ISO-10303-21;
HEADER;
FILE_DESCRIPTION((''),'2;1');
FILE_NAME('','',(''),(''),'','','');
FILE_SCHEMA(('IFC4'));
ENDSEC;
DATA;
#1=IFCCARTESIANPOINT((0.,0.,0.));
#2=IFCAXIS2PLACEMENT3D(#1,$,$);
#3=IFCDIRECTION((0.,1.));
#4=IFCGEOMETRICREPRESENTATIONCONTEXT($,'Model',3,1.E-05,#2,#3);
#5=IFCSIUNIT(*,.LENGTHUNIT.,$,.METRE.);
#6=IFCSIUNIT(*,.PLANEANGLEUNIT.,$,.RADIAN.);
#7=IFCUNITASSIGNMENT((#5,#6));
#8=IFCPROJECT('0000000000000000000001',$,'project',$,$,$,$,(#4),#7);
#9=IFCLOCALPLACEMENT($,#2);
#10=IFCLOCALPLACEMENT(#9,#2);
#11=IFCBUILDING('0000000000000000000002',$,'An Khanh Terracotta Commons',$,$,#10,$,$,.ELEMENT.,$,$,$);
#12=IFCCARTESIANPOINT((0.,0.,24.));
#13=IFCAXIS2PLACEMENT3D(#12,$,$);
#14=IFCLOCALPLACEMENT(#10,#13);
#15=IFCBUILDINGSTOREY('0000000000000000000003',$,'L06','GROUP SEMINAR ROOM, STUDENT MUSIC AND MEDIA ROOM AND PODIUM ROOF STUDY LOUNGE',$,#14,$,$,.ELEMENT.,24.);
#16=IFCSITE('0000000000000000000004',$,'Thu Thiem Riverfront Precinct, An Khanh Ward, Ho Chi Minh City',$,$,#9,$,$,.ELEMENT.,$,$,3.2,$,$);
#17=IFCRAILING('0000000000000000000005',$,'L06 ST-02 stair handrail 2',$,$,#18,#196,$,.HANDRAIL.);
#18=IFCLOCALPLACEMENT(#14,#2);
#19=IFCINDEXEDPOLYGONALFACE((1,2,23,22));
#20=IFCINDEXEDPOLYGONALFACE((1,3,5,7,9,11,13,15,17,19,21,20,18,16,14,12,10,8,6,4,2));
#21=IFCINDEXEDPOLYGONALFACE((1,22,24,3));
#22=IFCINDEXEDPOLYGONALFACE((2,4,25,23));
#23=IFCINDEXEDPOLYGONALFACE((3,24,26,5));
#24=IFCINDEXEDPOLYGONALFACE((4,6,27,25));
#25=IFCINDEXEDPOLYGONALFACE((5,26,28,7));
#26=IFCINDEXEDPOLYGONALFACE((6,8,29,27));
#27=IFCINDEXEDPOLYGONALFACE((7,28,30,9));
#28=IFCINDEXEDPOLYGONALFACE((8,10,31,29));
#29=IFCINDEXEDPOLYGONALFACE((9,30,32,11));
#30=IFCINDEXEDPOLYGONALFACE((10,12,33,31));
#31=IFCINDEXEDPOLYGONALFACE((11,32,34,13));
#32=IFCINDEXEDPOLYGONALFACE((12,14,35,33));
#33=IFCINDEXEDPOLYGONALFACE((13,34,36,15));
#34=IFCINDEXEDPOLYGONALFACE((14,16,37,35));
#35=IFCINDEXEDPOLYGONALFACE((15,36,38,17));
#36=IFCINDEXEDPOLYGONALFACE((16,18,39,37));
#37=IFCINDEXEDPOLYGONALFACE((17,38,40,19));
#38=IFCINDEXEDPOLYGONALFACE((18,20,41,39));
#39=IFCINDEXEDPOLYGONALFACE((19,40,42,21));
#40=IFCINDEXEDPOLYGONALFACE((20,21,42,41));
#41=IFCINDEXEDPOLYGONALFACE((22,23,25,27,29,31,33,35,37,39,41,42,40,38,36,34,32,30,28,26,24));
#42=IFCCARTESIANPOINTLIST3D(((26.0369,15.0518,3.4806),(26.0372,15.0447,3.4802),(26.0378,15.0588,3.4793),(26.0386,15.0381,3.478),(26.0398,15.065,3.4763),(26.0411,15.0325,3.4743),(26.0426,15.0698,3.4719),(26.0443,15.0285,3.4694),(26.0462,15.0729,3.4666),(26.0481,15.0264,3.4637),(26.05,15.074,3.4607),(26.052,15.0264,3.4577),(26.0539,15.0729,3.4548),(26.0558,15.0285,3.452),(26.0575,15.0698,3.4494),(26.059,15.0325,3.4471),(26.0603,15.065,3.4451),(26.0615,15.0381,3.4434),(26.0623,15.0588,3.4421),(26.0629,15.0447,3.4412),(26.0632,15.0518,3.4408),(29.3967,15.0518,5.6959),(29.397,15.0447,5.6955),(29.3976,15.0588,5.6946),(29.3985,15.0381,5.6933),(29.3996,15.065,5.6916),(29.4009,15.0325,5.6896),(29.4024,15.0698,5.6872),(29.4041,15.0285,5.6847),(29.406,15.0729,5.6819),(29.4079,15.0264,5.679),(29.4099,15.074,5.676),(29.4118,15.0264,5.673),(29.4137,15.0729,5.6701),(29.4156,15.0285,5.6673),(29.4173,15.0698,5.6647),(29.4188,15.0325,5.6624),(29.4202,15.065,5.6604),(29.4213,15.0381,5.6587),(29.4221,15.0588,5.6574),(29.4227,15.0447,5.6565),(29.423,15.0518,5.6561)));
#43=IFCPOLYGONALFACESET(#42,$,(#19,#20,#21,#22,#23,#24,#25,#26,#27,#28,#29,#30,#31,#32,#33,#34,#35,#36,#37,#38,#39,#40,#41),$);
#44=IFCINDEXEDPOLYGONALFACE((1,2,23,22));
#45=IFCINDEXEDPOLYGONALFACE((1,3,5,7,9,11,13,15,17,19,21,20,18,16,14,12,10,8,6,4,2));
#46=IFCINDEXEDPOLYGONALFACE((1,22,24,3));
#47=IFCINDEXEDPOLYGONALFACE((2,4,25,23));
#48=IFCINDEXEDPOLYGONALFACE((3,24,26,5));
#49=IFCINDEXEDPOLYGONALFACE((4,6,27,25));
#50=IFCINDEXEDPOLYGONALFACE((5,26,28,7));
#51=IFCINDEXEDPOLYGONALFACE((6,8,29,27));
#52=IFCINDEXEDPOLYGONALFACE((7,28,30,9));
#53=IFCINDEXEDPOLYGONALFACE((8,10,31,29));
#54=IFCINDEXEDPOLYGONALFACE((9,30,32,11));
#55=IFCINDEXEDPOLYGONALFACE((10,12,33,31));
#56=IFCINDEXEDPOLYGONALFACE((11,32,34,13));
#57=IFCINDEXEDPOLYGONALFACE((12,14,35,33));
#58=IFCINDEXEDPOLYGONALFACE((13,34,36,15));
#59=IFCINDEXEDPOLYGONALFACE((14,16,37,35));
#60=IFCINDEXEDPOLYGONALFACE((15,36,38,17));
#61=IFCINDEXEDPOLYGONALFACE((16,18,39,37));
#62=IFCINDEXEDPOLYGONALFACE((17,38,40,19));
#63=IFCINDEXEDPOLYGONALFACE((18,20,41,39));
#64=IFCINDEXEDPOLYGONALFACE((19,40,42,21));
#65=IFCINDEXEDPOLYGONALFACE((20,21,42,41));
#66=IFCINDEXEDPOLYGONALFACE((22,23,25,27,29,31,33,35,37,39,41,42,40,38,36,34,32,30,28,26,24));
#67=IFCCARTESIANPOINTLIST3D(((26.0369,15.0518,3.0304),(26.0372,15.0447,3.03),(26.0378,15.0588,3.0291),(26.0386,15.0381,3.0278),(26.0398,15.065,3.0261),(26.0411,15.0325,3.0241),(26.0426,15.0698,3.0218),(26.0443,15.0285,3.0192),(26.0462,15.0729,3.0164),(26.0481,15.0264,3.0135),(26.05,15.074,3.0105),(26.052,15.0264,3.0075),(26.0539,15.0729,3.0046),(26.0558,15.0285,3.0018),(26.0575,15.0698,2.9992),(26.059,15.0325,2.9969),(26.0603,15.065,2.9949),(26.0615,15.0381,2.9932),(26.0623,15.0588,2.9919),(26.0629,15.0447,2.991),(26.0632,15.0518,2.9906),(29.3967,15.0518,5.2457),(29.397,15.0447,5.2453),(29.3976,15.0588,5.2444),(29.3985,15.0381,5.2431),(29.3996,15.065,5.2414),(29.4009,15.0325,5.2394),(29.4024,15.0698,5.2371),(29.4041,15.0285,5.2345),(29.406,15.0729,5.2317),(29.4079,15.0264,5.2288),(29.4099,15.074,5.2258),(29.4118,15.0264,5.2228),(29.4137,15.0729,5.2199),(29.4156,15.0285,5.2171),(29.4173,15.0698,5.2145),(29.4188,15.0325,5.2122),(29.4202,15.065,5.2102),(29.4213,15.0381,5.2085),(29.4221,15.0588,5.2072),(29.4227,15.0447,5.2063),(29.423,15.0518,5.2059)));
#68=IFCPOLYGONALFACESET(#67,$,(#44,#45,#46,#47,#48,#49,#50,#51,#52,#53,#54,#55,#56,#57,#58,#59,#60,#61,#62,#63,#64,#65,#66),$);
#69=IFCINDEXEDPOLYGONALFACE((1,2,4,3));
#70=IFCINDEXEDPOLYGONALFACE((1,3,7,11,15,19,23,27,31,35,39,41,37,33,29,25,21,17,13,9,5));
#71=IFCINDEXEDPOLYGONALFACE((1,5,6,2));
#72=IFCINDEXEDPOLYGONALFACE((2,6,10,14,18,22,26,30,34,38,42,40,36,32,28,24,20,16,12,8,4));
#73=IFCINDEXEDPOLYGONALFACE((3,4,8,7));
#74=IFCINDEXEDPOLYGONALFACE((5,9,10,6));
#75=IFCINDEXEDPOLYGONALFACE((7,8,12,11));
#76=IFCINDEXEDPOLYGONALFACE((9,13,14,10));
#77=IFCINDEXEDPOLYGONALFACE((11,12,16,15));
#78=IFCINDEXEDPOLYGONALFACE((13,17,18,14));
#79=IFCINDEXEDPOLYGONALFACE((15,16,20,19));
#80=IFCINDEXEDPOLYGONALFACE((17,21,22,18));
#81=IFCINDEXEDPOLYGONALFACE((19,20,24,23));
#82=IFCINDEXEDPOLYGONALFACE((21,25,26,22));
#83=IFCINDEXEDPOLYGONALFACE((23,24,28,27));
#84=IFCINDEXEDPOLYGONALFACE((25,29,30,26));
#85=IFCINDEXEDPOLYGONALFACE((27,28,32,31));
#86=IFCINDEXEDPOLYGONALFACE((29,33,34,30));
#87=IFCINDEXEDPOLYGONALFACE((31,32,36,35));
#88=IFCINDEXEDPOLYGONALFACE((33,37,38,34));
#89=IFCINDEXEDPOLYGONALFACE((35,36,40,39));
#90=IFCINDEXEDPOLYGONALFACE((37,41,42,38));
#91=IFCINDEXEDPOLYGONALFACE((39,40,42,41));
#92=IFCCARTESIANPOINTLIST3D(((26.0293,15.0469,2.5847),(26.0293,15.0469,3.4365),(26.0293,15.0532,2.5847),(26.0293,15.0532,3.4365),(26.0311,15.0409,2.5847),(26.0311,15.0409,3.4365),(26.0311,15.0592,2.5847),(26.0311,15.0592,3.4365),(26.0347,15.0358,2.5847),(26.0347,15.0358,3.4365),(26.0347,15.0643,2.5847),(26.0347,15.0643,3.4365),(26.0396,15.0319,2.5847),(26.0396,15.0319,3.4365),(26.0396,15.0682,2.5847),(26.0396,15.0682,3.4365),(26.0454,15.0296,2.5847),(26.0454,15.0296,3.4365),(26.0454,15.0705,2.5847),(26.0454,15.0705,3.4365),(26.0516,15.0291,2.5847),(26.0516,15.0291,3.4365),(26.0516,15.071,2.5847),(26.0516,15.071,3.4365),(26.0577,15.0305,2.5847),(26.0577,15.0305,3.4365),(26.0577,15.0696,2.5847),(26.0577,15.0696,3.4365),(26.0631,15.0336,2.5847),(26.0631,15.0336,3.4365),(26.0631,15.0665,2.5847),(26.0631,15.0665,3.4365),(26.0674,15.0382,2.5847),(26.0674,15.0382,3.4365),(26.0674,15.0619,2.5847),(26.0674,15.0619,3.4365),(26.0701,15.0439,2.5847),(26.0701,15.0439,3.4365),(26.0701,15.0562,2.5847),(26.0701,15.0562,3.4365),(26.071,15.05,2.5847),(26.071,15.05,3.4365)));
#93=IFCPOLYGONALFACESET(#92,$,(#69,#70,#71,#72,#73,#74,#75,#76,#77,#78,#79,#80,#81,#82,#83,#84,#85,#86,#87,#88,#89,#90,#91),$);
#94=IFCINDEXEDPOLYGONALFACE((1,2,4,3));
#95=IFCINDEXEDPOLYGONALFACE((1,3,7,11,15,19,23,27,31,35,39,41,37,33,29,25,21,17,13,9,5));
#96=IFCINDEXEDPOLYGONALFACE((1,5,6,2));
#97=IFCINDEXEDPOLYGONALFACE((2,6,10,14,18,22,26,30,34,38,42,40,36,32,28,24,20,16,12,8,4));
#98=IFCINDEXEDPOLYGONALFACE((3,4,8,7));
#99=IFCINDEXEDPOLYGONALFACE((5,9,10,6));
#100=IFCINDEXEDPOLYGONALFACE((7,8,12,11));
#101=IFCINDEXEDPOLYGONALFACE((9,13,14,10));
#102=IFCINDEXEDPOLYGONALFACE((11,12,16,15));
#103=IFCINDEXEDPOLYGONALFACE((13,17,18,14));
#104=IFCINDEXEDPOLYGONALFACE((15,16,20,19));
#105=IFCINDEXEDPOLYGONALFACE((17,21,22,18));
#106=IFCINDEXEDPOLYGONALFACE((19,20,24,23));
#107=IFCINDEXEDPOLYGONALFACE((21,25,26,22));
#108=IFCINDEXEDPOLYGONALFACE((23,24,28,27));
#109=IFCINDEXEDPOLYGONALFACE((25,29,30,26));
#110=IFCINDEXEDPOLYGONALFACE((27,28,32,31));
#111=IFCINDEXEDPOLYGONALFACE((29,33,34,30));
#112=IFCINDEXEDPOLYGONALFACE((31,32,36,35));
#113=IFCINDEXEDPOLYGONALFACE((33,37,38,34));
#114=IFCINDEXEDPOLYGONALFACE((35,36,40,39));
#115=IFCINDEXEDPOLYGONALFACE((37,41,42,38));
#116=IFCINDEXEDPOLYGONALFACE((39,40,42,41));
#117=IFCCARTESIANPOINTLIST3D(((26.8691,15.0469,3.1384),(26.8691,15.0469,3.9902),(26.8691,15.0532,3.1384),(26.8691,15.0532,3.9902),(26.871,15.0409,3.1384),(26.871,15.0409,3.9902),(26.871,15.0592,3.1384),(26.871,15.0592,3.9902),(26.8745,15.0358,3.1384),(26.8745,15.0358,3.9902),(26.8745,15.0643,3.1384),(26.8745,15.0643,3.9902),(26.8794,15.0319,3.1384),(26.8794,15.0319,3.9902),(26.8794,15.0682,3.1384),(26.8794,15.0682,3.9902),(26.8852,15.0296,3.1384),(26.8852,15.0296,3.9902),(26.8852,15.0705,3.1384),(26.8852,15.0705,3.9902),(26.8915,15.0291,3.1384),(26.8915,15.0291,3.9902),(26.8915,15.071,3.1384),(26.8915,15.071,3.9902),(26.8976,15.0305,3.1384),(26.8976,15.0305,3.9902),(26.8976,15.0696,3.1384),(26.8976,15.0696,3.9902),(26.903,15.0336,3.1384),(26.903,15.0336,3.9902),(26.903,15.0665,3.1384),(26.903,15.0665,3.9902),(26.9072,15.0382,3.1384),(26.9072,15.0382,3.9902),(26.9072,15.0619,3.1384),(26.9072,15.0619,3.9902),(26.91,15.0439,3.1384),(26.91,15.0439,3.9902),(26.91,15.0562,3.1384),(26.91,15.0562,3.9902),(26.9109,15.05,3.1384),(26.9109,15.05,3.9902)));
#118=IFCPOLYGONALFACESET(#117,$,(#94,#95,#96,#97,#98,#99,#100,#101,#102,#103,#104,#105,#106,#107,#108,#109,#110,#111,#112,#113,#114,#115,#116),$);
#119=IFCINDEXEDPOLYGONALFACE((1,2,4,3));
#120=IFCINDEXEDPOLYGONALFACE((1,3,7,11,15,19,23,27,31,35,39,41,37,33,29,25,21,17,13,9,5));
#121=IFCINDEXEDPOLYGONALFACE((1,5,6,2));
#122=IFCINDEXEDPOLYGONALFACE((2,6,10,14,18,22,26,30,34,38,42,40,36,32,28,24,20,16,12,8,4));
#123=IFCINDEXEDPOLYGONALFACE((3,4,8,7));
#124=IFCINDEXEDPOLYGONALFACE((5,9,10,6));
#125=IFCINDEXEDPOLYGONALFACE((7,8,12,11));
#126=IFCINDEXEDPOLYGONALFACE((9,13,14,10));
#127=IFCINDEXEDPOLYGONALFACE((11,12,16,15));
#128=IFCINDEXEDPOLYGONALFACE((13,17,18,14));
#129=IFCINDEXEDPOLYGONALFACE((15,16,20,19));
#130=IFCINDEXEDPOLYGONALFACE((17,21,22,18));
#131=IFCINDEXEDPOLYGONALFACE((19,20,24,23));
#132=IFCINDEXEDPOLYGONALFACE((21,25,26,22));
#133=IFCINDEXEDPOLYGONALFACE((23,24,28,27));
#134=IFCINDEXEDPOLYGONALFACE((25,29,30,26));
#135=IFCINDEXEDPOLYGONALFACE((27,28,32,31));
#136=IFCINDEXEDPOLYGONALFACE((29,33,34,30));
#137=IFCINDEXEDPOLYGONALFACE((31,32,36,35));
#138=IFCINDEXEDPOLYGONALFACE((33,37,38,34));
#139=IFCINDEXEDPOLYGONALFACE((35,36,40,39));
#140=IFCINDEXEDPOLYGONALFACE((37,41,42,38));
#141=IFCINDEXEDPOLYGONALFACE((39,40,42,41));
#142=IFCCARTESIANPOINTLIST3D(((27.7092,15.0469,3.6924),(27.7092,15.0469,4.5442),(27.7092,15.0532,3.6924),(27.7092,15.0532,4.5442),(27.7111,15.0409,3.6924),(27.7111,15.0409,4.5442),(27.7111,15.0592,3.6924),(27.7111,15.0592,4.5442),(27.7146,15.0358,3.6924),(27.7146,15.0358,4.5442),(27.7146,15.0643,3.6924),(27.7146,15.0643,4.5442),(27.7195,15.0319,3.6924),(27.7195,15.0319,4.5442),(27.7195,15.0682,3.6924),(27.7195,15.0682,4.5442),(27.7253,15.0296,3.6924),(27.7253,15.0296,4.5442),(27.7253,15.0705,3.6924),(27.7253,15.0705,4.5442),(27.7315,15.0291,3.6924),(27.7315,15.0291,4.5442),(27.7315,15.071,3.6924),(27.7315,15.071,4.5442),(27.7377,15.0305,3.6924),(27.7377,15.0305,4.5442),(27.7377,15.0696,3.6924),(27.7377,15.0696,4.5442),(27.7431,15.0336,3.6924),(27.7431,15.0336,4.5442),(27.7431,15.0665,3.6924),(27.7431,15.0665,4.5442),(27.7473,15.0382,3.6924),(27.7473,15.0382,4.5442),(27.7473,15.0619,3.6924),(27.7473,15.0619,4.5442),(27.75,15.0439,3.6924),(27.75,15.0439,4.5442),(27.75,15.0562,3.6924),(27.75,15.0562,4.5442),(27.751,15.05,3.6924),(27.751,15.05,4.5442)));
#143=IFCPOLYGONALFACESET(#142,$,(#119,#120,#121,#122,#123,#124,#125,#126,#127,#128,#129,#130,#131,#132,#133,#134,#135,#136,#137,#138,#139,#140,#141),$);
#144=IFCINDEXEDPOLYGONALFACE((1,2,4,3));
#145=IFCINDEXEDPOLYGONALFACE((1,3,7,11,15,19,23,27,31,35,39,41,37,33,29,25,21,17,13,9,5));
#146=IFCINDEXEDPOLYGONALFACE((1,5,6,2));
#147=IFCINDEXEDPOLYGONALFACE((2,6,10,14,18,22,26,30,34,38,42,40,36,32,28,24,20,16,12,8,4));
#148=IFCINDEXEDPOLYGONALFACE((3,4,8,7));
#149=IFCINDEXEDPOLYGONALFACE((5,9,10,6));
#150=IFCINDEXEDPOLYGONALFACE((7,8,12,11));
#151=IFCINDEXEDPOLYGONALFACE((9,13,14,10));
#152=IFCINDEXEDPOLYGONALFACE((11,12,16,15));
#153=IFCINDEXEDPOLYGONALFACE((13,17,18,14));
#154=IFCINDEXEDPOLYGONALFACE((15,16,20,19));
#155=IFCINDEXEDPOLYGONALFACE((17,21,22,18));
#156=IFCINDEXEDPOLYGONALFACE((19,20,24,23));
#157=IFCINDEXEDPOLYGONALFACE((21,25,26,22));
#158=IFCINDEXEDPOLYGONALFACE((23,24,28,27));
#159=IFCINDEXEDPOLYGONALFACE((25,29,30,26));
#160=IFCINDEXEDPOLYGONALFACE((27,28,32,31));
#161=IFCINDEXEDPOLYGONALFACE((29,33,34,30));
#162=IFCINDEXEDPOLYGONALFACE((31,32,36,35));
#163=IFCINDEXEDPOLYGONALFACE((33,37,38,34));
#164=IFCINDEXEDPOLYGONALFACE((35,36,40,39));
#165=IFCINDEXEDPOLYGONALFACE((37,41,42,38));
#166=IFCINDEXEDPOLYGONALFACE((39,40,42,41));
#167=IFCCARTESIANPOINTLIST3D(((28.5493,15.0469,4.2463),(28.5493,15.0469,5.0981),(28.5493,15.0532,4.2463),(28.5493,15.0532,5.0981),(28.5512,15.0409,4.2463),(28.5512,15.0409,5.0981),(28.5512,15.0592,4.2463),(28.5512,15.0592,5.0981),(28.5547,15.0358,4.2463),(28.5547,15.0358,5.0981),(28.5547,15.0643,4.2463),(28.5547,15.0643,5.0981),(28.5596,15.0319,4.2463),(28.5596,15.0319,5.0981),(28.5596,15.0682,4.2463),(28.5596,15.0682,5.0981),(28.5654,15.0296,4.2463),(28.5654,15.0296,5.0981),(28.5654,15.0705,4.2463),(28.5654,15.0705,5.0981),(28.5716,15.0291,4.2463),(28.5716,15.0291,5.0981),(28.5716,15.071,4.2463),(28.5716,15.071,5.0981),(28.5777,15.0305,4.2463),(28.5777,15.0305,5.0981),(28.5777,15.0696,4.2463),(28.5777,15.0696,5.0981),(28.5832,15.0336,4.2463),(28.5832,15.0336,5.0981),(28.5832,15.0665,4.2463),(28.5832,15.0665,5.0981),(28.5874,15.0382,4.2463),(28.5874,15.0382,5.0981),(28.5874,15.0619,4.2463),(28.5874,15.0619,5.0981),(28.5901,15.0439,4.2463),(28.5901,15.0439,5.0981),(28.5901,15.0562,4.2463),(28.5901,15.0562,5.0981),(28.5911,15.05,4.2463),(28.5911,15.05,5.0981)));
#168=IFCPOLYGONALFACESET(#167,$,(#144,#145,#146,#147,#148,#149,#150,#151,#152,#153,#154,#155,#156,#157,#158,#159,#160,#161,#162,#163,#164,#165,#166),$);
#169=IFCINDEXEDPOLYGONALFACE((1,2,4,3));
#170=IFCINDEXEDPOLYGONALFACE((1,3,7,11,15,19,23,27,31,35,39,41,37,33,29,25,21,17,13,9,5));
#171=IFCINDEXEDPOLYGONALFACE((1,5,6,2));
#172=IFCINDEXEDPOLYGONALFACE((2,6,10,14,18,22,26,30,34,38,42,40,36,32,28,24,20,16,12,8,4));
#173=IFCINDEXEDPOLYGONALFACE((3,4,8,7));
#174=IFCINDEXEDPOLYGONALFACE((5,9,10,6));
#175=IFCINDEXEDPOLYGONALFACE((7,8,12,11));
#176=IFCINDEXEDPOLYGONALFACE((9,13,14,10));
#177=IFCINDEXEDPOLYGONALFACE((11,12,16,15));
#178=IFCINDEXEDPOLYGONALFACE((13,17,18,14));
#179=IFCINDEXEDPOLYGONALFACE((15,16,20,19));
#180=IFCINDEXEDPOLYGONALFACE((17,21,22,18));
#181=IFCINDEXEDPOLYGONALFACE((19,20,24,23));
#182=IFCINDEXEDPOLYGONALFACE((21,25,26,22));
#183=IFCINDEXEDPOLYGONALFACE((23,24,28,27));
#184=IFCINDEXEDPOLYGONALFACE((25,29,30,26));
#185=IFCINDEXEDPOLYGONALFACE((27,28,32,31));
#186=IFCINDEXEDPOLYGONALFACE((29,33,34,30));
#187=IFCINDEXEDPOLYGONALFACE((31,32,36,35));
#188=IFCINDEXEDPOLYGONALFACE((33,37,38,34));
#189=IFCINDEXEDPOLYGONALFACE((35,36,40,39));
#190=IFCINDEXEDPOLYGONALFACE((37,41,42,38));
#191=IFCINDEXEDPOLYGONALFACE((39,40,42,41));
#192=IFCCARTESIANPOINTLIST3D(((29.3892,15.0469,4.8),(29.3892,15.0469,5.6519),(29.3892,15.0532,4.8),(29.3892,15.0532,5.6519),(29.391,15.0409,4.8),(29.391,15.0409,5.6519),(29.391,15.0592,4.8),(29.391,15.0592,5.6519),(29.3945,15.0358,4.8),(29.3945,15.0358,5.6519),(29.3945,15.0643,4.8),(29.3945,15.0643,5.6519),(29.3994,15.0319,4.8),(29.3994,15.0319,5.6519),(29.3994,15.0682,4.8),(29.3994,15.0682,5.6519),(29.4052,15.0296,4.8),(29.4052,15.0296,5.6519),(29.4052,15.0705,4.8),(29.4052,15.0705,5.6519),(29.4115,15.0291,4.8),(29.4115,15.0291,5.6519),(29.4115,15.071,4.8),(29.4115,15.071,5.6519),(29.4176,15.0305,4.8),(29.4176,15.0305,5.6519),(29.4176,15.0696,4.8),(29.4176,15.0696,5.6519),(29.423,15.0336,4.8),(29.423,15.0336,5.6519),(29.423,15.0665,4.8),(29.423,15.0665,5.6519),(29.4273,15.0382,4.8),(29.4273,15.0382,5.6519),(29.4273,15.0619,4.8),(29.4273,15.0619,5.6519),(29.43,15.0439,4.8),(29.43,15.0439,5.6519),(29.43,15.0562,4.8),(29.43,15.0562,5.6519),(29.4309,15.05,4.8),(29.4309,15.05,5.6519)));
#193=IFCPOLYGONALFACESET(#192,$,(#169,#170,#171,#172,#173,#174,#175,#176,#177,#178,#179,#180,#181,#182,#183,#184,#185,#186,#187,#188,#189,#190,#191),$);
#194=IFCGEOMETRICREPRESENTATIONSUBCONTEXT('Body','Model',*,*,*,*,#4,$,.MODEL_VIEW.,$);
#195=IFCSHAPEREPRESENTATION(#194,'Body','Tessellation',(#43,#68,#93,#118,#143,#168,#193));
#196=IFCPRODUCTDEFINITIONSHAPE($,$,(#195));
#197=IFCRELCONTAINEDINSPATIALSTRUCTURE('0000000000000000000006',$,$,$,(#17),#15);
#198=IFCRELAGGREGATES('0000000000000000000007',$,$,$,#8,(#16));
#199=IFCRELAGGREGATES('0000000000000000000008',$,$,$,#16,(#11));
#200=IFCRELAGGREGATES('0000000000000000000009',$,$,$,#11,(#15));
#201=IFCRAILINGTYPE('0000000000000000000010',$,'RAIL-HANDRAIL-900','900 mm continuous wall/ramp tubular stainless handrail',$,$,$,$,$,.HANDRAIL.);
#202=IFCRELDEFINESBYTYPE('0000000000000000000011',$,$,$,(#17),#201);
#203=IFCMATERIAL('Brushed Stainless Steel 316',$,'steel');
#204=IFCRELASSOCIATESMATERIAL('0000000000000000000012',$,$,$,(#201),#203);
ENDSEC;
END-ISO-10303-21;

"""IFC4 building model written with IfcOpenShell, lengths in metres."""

from ifc_helpers import new_model, si_unit, direction, frame, origin, origin_2d, place, context, subcontext, project, spatial, circle, extrude, material, type_object, element, save


model = new_model("IFC4")

# Units and contexts
model_context = context("Model", 3, precision=1e-05, world=origin(), true_north=direction((0.0, 1.0)))
body_context = subcontext(model_context, "Body", "Model", "MODEL_VIEW")
ifc_project = project(units=[si_unit("LENGTHUNIT", "METRE"), si_unit("PLANEANGLEUNIT", "RADIAN")], contexts=[model_context])

# Site, building, storey
site_placement = place(None, origin())
site = spatial("IfcSite", under=ifc_project, at=site_placement, Name="Thu Thiem Riverfront Precinct, An Khanh Ward, Ho Chi Minh City", CompositionType="ELEMENT", RefElevation=3.2)
building_placement = place(site_placement, origin())
building = spatial("IfcBuilding", under=site, at=building_placement, Name="An Khanh Terracotta Commons", CompositionType="ELEMENT")
storey_placement = place(building_placement, frame((0.0, 0.0, 24.0)))
storey = spatial("IfcBuildingStorey", under=building, at=storey_placement, Name="L06", Description="GROUP SEMINAR ROOM, STUDENT MUSIC AND MEDIA ROOM AND PODIUM ROOF STUDY LOUNGE", CompositionType="ELEMENT", Elevation=24.0)

# Railing
ifc_material_1 = material(Name="Brushed Stainless Steel 316", Category="steel")
railing_type_1 = type_object("IfcRailingType", Name="RAIL-HANDRAIL-900", Description="900 mm continuous wall/ramp tubular stainless handrail", PredefinedType="HANDRAIL", material=ifc_material_1)
railing_1_placement = place(storey_placement, frame((26.05, 15.05, 2.5847)))
element("IfcRailing", 1, at=railing_1_placement, inside=storey, type_object=railing_type_1, Name="L06 ST-02 stair handrail 2", PredefinedType="HANDRAIL", context=body_context, shape_type="SweptSolid", body=[
    extrude(circle(Radius=0.0239, at=origin_2d()), frame((0.0, 0.0, 0.876), z_axis=(0.834858, 0.0, 0.550465), x_axis=(0.0, 1.0, 0.0)), (0.0, 0.0, 1.0), 4.0244),
    extrude(circle(Radius=0.0239, at=origin_2d()), frame((0.0, 0.0, 0.4258), z_axis=(0.834858, 0.0, 0.550465), x_axis=(0.0, 1.0, 0.0)), (0.0, 0.0, 1.0), 4.0244),
    extrude(circle(Radius=0.021, at=origin_2d()), origin(), (0.0, 0.0, 1.0), 0.8518),
    extrude(circle(Radius=0.021, at=origin_2d()), frame((0.8398, 0.0, 0.5537)), (0.0, 0.0, 1.0), 0.8518),
    extrude(circle(Radius=0.021, at=origin_2d()), frame((1.6799, 0.0, 1.1077)), (0.0, 0.0, 1.0), 0.8518),
    extrude(circle(Radius=0.021, at=origin_2d()), frame((2.52, 0.0, 1.6616)), (0.0, 0.0, 1.0), 0.8518),
    extrude(circle(Radius=0.021, at=origin_2d()), frame((3.3599, 0.0, 2.2153)), (0.0, 0.0, 1.0), 0.8518),
])

save(model, "model.ifc")
